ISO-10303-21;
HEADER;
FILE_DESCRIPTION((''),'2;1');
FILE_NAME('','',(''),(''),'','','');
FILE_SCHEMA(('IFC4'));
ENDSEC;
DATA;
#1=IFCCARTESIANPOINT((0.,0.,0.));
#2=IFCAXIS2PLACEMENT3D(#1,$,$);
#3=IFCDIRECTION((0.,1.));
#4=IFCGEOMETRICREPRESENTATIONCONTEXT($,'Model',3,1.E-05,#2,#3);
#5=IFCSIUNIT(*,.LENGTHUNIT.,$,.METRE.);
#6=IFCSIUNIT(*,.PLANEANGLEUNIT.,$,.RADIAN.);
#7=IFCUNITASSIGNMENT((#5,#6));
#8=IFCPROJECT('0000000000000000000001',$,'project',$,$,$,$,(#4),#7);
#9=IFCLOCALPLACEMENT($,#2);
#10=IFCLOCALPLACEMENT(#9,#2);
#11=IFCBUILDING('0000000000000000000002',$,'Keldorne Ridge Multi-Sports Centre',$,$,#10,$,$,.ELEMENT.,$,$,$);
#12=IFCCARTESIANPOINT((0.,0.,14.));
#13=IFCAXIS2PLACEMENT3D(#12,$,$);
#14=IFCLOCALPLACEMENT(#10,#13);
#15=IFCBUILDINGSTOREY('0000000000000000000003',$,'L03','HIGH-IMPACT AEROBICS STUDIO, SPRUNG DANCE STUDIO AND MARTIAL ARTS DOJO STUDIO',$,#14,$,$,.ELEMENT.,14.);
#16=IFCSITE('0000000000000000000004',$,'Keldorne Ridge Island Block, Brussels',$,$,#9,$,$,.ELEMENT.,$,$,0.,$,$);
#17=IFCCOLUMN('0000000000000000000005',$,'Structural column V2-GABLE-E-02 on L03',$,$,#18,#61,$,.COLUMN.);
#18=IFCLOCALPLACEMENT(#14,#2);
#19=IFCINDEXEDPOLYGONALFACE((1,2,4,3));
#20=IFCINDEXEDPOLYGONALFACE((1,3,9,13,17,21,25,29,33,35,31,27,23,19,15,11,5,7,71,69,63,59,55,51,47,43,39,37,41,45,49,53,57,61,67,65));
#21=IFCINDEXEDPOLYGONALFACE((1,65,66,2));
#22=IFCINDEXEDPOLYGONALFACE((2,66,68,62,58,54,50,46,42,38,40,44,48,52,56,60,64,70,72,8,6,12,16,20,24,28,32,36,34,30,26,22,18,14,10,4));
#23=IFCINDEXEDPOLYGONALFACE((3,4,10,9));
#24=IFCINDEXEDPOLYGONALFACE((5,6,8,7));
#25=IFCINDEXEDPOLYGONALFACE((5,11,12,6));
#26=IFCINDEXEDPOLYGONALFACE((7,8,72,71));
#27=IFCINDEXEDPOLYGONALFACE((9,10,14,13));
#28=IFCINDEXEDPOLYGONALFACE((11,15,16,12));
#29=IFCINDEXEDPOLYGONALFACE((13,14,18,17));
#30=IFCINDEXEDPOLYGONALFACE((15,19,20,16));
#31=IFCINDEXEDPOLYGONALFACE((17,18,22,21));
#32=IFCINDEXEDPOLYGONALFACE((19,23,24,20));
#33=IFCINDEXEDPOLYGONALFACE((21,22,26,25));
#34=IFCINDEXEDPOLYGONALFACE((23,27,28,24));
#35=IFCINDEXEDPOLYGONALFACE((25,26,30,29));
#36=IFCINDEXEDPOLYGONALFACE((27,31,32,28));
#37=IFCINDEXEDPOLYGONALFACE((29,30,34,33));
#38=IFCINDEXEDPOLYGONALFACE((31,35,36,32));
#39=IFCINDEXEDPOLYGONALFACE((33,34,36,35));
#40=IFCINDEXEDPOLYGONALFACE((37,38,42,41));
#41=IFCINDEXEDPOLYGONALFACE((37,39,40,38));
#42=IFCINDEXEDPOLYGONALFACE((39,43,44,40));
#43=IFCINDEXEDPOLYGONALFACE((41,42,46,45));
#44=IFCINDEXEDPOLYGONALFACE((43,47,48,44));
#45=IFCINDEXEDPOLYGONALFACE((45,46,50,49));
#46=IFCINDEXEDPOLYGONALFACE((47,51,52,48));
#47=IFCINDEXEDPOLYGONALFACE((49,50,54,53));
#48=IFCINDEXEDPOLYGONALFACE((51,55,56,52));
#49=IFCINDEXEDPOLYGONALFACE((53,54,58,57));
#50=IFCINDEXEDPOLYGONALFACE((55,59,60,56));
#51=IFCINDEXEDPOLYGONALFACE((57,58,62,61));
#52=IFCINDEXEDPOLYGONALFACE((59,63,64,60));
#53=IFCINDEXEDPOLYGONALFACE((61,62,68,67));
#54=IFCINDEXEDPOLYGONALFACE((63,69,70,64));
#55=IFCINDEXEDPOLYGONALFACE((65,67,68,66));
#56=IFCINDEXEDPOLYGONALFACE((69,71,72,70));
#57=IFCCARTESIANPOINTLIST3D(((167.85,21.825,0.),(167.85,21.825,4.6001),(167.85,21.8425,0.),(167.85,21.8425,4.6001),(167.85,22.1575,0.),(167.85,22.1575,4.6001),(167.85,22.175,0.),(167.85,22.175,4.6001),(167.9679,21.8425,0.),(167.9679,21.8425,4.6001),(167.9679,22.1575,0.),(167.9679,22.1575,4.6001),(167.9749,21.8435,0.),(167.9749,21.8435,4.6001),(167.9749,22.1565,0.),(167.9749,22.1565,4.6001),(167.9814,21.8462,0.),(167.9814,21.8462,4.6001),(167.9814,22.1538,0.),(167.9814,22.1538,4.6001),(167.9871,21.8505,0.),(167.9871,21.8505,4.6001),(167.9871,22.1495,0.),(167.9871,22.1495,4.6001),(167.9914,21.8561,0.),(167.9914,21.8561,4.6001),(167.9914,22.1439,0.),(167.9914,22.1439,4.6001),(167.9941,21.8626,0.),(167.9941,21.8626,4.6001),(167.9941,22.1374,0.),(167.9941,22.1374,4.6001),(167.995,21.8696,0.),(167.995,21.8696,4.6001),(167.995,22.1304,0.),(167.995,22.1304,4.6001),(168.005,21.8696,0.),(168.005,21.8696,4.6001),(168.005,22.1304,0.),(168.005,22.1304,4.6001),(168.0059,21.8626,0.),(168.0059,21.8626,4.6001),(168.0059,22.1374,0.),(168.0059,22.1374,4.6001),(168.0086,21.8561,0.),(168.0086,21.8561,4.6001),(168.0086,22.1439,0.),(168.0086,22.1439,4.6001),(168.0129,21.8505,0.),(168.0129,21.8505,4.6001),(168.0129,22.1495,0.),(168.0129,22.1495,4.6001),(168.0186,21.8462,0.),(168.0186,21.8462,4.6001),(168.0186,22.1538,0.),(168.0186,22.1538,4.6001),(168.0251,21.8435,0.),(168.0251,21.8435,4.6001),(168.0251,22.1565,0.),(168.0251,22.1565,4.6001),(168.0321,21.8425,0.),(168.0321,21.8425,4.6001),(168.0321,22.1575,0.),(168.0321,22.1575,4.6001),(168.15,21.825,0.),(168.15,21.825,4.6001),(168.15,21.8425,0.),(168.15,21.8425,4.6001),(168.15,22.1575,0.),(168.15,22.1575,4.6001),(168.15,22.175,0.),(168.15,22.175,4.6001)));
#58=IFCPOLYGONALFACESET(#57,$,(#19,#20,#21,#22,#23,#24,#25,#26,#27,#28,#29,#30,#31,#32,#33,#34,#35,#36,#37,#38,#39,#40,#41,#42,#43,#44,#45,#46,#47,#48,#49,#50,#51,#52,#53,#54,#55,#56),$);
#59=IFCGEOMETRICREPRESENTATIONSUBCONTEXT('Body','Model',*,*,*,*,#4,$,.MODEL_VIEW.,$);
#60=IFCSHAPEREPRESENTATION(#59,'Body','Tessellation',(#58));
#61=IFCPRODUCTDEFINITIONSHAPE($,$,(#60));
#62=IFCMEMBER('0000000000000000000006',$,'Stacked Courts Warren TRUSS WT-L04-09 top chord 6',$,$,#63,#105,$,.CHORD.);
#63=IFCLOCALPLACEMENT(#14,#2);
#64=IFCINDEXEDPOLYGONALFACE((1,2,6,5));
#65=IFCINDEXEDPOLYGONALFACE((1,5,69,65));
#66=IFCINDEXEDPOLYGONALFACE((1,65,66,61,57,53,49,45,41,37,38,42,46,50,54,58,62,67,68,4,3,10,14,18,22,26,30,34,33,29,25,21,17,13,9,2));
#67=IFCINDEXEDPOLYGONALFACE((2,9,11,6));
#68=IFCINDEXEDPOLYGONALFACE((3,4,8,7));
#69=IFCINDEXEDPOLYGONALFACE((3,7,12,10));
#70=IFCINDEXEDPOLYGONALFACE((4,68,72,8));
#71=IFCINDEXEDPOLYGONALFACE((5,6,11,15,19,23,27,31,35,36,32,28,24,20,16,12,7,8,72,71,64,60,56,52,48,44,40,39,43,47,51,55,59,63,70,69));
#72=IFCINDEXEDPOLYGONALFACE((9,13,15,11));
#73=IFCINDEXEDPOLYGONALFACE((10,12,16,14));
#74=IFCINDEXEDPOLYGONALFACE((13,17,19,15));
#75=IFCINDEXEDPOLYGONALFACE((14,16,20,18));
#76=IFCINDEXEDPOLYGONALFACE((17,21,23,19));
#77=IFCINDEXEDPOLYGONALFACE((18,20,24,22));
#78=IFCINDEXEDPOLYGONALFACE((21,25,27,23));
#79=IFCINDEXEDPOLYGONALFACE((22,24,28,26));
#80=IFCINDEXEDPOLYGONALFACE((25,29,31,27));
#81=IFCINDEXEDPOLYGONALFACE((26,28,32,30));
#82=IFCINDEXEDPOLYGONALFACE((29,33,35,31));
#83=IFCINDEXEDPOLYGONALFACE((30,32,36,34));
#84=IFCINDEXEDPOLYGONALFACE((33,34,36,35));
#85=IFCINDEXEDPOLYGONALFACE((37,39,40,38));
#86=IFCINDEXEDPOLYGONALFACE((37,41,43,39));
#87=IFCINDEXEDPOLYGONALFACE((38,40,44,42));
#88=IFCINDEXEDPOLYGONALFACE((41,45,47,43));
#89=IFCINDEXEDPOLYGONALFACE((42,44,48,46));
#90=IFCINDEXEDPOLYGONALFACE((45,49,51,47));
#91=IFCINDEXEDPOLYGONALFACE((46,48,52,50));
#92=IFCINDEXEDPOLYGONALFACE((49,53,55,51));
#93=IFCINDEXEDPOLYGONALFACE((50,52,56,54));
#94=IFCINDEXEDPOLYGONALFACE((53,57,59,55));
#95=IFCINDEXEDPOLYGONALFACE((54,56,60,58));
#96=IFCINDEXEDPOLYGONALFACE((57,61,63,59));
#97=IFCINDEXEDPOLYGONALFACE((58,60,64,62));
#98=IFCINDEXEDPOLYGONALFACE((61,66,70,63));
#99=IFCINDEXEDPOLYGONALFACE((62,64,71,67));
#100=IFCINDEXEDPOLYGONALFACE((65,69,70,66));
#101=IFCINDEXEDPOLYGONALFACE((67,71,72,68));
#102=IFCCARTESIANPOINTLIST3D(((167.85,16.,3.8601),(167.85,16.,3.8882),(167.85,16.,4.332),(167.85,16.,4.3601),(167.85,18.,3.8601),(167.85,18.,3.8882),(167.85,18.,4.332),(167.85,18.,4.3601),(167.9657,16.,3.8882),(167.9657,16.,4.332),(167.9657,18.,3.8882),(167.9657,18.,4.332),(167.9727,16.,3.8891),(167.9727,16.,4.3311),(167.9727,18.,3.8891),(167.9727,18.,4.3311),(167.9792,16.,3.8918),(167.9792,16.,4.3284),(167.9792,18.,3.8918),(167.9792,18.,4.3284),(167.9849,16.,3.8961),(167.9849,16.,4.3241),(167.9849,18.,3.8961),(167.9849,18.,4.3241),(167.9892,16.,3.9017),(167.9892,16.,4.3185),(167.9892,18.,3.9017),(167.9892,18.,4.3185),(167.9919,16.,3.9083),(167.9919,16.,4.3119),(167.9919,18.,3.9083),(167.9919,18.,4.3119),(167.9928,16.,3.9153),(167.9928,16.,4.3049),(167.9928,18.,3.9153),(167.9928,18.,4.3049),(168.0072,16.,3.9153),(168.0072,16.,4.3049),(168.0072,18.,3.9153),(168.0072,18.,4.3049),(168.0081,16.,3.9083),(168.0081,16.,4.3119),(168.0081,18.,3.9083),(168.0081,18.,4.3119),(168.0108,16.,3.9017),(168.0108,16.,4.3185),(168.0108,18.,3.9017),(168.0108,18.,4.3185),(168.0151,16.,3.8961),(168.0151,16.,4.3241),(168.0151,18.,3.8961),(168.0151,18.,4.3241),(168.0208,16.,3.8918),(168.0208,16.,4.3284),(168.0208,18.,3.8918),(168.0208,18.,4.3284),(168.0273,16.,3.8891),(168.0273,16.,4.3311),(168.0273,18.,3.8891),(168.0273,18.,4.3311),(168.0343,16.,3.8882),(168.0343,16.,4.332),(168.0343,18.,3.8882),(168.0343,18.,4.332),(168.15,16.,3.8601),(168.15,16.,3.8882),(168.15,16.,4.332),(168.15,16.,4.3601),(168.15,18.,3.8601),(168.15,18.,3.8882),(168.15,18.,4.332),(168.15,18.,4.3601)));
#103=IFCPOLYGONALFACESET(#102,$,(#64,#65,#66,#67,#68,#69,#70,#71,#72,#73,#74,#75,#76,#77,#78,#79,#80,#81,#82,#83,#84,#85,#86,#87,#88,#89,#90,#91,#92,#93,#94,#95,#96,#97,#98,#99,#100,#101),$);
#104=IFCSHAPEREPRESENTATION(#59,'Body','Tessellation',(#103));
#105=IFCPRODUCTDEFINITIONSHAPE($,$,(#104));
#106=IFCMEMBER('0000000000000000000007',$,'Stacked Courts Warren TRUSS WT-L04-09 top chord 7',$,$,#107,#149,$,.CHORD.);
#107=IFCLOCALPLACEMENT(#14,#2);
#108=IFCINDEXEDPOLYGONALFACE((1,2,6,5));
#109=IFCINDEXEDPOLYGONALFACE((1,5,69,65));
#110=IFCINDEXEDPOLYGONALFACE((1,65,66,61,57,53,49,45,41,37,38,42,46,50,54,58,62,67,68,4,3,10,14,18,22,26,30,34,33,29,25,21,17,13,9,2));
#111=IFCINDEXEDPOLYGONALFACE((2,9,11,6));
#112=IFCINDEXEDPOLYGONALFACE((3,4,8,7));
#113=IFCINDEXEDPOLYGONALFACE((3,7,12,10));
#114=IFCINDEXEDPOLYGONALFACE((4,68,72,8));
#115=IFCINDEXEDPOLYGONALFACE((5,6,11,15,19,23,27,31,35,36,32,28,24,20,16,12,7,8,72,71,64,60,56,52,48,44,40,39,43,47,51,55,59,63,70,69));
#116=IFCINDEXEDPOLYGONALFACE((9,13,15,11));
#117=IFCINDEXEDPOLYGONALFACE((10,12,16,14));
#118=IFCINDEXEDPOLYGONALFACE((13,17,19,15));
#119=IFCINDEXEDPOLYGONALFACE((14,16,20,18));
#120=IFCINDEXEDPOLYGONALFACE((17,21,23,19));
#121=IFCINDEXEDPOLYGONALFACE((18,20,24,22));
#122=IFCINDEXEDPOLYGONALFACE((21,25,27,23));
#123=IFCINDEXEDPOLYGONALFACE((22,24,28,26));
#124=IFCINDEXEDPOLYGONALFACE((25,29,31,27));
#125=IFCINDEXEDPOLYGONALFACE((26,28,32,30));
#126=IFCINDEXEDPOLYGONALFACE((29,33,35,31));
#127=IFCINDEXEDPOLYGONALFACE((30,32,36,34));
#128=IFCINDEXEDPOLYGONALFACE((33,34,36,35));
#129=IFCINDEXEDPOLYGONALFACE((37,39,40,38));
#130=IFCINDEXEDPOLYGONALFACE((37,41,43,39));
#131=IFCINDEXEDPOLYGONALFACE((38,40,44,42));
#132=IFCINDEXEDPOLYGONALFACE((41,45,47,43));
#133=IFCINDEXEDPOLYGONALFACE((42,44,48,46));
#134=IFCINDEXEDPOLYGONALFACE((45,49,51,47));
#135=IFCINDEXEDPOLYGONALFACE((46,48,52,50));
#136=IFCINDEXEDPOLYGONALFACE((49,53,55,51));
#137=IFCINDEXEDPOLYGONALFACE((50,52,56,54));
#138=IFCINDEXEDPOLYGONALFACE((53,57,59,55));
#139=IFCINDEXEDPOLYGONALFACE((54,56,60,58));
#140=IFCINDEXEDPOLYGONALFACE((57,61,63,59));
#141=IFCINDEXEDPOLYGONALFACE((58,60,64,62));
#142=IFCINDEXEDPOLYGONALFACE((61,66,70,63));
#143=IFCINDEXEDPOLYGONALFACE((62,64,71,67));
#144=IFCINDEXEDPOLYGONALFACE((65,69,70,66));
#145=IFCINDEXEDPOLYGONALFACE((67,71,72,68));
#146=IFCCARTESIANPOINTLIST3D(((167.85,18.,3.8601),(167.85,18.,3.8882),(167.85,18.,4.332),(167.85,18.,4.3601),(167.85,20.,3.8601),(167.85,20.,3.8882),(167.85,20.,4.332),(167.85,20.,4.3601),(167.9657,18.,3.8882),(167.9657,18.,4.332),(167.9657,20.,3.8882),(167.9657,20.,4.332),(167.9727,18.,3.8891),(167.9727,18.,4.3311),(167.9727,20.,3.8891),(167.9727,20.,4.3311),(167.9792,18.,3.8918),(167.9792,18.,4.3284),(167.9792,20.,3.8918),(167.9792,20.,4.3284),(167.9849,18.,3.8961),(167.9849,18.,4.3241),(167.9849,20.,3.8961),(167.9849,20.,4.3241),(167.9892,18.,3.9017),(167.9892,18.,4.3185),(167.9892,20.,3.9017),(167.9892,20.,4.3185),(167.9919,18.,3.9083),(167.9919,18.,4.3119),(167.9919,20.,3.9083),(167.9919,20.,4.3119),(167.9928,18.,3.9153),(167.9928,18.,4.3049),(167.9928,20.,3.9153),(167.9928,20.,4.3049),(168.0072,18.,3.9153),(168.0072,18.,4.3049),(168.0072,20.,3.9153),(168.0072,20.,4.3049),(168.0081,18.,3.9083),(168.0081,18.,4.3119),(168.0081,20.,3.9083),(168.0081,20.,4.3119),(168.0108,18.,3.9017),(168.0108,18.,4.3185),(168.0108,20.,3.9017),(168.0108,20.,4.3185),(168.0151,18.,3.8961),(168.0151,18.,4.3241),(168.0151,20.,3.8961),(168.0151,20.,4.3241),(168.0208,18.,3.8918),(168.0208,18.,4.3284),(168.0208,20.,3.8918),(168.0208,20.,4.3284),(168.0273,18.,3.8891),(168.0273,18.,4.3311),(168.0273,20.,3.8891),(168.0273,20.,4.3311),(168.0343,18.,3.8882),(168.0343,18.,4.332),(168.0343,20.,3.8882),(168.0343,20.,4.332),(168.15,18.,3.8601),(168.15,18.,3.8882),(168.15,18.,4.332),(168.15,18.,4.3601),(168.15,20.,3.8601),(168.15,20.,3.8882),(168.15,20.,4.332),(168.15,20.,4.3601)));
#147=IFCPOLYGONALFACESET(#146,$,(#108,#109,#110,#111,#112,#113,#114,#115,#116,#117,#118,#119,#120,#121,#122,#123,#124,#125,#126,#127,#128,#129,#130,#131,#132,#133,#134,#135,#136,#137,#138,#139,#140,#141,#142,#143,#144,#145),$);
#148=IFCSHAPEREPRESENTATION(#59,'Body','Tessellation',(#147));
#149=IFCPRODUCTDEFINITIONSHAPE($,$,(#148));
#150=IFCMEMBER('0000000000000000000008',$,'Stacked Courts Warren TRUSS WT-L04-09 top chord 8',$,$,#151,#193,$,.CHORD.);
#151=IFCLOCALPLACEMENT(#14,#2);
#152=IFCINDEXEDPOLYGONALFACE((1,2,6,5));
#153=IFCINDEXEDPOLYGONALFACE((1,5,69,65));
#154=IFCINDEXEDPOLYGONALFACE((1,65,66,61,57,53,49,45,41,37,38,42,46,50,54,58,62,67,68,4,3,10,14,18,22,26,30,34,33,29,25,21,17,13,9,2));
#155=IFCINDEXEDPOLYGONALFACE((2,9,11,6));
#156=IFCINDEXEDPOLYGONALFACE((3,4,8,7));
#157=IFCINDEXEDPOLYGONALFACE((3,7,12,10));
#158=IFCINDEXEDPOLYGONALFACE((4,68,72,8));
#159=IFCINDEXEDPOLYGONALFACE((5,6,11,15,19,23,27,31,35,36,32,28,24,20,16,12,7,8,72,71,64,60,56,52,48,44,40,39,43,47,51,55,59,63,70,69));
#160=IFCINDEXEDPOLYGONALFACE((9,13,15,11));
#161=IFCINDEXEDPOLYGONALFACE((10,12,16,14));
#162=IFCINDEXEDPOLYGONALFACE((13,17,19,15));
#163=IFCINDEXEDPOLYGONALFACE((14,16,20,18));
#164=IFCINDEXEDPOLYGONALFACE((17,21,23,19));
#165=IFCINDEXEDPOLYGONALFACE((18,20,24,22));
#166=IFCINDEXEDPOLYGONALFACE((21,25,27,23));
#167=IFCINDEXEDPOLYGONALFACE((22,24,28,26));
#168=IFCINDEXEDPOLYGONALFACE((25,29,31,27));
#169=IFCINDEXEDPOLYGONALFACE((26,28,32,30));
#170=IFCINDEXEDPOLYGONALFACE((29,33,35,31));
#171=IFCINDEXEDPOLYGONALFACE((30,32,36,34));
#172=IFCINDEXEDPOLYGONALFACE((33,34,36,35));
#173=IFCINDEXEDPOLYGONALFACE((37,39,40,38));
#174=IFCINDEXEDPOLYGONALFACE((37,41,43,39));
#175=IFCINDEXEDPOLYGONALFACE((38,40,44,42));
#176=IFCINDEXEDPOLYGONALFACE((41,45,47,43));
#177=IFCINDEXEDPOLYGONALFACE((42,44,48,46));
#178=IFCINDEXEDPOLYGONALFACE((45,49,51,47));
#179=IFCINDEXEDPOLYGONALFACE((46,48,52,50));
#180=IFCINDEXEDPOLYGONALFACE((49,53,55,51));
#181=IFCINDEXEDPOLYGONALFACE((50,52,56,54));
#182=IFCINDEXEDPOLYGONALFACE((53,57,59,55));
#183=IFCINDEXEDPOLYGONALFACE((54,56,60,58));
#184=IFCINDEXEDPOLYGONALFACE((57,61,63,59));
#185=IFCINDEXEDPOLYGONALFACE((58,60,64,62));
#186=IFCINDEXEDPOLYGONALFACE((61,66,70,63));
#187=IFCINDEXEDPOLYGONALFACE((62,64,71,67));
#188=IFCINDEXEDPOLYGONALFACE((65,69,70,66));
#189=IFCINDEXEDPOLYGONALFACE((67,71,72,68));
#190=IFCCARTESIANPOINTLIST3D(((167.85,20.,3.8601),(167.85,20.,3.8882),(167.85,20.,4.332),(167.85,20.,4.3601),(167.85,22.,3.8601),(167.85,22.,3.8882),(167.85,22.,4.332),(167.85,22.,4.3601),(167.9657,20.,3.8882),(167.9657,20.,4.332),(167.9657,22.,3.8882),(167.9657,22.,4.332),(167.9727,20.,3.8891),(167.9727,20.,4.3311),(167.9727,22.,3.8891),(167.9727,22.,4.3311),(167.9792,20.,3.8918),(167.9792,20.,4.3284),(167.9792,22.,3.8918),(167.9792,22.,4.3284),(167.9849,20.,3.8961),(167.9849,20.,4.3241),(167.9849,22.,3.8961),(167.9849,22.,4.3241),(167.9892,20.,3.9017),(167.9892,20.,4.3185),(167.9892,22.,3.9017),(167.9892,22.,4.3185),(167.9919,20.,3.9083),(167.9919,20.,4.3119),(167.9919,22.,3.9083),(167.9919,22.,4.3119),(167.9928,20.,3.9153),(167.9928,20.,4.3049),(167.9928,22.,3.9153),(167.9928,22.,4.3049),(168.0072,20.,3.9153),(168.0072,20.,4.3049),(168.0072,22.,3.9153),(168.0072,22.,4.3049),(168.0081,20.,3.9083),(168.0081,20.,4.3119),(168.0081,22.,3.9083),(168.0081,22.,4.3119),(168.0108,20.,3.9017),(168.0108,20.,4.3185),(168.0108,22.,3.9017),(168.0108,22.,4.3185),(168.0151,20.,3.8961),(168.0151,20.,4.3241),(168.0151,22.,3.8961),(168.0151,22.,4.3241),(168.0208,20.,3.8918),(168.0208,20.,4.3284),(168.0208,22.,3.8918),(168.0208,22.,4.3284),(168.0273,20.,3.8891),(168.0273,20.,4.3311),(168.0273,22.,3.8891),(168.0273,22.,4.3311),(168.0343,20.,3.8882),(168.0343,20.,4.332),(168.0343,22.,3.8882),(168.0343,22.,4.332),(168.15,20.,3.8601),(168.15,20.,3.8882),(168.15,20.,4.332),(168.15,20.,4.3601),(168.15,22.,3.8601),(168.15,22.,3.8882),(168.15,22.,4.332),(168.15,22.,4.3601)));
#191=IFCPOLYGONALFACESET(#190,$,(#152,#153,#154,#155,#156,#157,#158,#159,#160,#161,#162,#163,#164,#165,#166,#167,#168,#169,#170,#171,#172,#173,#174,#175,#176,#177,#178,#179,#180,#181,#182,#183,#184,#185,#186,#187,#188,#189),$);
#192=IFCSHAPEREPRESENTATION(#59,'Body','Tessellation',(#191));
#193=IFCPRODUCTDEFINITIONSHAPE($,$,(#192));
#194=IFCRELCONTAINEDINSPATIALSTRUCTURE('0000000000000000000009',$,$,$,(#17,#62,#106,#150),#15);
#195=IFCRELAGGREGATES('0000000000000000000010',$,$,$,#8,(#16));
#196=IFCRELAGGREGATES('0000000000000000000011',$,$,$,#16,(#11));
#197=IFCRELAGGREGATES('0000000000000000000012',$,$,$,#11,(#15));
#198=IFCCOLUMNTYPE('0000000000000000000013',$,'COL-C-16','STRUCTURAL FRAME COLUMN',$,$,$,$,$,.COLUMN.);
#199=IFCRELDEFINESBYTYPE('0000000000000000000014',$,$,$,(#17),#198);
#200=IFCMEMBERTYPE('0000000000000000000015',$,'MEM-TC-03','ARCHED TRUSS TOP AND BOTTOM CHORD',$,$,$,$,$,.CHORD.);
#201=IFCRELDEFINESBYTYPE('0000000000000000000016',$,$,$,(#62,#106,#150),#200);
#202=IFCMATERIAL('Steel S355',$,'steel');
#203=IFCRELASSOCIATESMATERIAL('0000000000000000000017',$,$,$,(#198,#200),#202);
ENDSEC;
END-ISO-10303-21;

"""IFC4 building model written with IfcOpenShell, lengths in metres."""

from ifc_helpers import new_model, si_unit, direction, frame, origin, origin_2d, place, context, subcontext, project, spatial, i_section, extrude, material, material_profile, profile_set, type_object, element, save


model = new_model("IFC4")

# Units and contexts
model_context = context("Model", 3, precision=1e-05, world=origin(), true_north=direction((0.0, 1.0)))
body_context = subcontext(model_context, "Body", "Model", "MODEL_VIEW")
ifc_project = project(units=[si_unit("LENGTHUNIT", "METRE"), si_unit("PLANEANGLEUNIT", "RADIAN")], contexts=[model_context])

# Site, building, storey
site_placement = place(None, origin())
site = spatial("IfcSite", under=ifc_project, at=site_placement, Name="Keldorne Ridge Island Block, Brussels", CompositionType="ELEMENT", RefElevation=0.0)
building_placement = place(site_placement, origin())
building = spatial("IfcBuilding", under=site, at=building_placement, Name="Keldorne Ridge Multi-Sports Centre", CompositionType="ELEMENT")
storey_placement = place(building_placement, frame((0.0, 0.0, 14.0)))
storey = spatial("IfcBuildingStorey", under=building, at=storey_placement, Name="L03", Description="HIGH-IMPACT AEROBICS STUDIO, SPRUNG DANCE STUDIO AND MARTIAL ARTS DOJO STUDIO", CompositionType="ELEMENT", Elevation=14.0)

# Column
ifc_material_1 = material(Name="Steel S355", Category="steel")
ifc_material_profile_1 = material_profile(ifc_material_1, i_section(OverallWidth=0.3, OverallDepth=0.3501, WebThickness=0.01, FlangeThickness=0.0176, FilletRadius=0.0271, at=origin_2d()), Name="HEA 360")
ifc_profile_set_1 = profile_set([ifc_material_profile_1], Name="Steel S355")
column_type = type_object("IfcColumnType", Name="COL-C-16", Description="STRUCTURAL FRAME COLUMN", PredefinedType="COLUMN", material=ifc_profile_set_1)
column_placement = place(storey_placement, frame((168.0, 22.0, 0.0), z_axis=(0.0, 0.0, 1.0), x_axis=(1.0, 0.0, 0.0)))
element("IfcColumn", 1, at=column_placement, inside=storey, type_object=column_type, Name="Structural column V2-GABLE-E-02 on L03", PredefinedType="COLUMN", context=body_context, shape_type="SweptSolid", body=[
    extrude(i_section(OverallWidth=0.3, OverallDepth=0.3501, WebThickness=0.01, FlangeThickness=0.0176, FilletRadius=0.0271, at=origin_2d()), origin(), (0.0, 0.0, 1.0), 4.6001),
])

# Members
ifc_material_profile_2 = material_profile(ifc_material_1, i_section(OverallWidth=0.3, OverallDepth=0.5, WebThickness=0.0144, FlangeThickness=0.0281, FilletRadius=0.0271, at=origin_2d()), Name="HEB 500")
ifc_profile_set_2 = profile_set([ifc_material_profile_2], Name="Steel S355")
member_type_1 = type_object("IfcMemberType", Name="MEM-TC-03", Description="ARCHED TRUSS TOP AND BOTTOM CHORD", PredefinedType="CHORD", material=ifc_profile_set_2)
for number, where, z_axis, x_axis, name in (
    (2, (168.0, 16.0, 4.1101), (0.0, 1.0, 0.0), (-1.0, 0.0, 0.0), "Stacked Courts Warren TRUSS WT-L04-09 top chord 6"),
    (3, (168.0, 18.0, 4.1101), (0.0, 1.0, 0.0), (-1.0, 0.0, 0.0), "Stacked Courts Warren TRUSS WT-L04-09 top chord 7"),
    (4, (168.0, 20.0, 4.1101), (0.0, 1.0, 0.0), (-1.0, 0.0, 0.0), "Stacked Courts Warren TRUSS WT-L04-09 top chord 8"),
):
    element("IfcMember", number, at=place(storey_placement, frame(where, z_axis=z_axis, x_axis=x_axis)), inside=storey, type_object=member_type_1, Name=name, PredefinedType="CHORD", context=body_context, shape_type="SweptSolid", body=[
        extrude(i_section(OverallWidth=0.3, OverallDepth=0.5, WebThickness=0.0144, FlangeThickness=0.0281, FilletRadius=0.0271, at=origin_2d()), origin(), (0.0, 0.0, 1.0), 2.0),
    ])

save(model, "model.ifc")
